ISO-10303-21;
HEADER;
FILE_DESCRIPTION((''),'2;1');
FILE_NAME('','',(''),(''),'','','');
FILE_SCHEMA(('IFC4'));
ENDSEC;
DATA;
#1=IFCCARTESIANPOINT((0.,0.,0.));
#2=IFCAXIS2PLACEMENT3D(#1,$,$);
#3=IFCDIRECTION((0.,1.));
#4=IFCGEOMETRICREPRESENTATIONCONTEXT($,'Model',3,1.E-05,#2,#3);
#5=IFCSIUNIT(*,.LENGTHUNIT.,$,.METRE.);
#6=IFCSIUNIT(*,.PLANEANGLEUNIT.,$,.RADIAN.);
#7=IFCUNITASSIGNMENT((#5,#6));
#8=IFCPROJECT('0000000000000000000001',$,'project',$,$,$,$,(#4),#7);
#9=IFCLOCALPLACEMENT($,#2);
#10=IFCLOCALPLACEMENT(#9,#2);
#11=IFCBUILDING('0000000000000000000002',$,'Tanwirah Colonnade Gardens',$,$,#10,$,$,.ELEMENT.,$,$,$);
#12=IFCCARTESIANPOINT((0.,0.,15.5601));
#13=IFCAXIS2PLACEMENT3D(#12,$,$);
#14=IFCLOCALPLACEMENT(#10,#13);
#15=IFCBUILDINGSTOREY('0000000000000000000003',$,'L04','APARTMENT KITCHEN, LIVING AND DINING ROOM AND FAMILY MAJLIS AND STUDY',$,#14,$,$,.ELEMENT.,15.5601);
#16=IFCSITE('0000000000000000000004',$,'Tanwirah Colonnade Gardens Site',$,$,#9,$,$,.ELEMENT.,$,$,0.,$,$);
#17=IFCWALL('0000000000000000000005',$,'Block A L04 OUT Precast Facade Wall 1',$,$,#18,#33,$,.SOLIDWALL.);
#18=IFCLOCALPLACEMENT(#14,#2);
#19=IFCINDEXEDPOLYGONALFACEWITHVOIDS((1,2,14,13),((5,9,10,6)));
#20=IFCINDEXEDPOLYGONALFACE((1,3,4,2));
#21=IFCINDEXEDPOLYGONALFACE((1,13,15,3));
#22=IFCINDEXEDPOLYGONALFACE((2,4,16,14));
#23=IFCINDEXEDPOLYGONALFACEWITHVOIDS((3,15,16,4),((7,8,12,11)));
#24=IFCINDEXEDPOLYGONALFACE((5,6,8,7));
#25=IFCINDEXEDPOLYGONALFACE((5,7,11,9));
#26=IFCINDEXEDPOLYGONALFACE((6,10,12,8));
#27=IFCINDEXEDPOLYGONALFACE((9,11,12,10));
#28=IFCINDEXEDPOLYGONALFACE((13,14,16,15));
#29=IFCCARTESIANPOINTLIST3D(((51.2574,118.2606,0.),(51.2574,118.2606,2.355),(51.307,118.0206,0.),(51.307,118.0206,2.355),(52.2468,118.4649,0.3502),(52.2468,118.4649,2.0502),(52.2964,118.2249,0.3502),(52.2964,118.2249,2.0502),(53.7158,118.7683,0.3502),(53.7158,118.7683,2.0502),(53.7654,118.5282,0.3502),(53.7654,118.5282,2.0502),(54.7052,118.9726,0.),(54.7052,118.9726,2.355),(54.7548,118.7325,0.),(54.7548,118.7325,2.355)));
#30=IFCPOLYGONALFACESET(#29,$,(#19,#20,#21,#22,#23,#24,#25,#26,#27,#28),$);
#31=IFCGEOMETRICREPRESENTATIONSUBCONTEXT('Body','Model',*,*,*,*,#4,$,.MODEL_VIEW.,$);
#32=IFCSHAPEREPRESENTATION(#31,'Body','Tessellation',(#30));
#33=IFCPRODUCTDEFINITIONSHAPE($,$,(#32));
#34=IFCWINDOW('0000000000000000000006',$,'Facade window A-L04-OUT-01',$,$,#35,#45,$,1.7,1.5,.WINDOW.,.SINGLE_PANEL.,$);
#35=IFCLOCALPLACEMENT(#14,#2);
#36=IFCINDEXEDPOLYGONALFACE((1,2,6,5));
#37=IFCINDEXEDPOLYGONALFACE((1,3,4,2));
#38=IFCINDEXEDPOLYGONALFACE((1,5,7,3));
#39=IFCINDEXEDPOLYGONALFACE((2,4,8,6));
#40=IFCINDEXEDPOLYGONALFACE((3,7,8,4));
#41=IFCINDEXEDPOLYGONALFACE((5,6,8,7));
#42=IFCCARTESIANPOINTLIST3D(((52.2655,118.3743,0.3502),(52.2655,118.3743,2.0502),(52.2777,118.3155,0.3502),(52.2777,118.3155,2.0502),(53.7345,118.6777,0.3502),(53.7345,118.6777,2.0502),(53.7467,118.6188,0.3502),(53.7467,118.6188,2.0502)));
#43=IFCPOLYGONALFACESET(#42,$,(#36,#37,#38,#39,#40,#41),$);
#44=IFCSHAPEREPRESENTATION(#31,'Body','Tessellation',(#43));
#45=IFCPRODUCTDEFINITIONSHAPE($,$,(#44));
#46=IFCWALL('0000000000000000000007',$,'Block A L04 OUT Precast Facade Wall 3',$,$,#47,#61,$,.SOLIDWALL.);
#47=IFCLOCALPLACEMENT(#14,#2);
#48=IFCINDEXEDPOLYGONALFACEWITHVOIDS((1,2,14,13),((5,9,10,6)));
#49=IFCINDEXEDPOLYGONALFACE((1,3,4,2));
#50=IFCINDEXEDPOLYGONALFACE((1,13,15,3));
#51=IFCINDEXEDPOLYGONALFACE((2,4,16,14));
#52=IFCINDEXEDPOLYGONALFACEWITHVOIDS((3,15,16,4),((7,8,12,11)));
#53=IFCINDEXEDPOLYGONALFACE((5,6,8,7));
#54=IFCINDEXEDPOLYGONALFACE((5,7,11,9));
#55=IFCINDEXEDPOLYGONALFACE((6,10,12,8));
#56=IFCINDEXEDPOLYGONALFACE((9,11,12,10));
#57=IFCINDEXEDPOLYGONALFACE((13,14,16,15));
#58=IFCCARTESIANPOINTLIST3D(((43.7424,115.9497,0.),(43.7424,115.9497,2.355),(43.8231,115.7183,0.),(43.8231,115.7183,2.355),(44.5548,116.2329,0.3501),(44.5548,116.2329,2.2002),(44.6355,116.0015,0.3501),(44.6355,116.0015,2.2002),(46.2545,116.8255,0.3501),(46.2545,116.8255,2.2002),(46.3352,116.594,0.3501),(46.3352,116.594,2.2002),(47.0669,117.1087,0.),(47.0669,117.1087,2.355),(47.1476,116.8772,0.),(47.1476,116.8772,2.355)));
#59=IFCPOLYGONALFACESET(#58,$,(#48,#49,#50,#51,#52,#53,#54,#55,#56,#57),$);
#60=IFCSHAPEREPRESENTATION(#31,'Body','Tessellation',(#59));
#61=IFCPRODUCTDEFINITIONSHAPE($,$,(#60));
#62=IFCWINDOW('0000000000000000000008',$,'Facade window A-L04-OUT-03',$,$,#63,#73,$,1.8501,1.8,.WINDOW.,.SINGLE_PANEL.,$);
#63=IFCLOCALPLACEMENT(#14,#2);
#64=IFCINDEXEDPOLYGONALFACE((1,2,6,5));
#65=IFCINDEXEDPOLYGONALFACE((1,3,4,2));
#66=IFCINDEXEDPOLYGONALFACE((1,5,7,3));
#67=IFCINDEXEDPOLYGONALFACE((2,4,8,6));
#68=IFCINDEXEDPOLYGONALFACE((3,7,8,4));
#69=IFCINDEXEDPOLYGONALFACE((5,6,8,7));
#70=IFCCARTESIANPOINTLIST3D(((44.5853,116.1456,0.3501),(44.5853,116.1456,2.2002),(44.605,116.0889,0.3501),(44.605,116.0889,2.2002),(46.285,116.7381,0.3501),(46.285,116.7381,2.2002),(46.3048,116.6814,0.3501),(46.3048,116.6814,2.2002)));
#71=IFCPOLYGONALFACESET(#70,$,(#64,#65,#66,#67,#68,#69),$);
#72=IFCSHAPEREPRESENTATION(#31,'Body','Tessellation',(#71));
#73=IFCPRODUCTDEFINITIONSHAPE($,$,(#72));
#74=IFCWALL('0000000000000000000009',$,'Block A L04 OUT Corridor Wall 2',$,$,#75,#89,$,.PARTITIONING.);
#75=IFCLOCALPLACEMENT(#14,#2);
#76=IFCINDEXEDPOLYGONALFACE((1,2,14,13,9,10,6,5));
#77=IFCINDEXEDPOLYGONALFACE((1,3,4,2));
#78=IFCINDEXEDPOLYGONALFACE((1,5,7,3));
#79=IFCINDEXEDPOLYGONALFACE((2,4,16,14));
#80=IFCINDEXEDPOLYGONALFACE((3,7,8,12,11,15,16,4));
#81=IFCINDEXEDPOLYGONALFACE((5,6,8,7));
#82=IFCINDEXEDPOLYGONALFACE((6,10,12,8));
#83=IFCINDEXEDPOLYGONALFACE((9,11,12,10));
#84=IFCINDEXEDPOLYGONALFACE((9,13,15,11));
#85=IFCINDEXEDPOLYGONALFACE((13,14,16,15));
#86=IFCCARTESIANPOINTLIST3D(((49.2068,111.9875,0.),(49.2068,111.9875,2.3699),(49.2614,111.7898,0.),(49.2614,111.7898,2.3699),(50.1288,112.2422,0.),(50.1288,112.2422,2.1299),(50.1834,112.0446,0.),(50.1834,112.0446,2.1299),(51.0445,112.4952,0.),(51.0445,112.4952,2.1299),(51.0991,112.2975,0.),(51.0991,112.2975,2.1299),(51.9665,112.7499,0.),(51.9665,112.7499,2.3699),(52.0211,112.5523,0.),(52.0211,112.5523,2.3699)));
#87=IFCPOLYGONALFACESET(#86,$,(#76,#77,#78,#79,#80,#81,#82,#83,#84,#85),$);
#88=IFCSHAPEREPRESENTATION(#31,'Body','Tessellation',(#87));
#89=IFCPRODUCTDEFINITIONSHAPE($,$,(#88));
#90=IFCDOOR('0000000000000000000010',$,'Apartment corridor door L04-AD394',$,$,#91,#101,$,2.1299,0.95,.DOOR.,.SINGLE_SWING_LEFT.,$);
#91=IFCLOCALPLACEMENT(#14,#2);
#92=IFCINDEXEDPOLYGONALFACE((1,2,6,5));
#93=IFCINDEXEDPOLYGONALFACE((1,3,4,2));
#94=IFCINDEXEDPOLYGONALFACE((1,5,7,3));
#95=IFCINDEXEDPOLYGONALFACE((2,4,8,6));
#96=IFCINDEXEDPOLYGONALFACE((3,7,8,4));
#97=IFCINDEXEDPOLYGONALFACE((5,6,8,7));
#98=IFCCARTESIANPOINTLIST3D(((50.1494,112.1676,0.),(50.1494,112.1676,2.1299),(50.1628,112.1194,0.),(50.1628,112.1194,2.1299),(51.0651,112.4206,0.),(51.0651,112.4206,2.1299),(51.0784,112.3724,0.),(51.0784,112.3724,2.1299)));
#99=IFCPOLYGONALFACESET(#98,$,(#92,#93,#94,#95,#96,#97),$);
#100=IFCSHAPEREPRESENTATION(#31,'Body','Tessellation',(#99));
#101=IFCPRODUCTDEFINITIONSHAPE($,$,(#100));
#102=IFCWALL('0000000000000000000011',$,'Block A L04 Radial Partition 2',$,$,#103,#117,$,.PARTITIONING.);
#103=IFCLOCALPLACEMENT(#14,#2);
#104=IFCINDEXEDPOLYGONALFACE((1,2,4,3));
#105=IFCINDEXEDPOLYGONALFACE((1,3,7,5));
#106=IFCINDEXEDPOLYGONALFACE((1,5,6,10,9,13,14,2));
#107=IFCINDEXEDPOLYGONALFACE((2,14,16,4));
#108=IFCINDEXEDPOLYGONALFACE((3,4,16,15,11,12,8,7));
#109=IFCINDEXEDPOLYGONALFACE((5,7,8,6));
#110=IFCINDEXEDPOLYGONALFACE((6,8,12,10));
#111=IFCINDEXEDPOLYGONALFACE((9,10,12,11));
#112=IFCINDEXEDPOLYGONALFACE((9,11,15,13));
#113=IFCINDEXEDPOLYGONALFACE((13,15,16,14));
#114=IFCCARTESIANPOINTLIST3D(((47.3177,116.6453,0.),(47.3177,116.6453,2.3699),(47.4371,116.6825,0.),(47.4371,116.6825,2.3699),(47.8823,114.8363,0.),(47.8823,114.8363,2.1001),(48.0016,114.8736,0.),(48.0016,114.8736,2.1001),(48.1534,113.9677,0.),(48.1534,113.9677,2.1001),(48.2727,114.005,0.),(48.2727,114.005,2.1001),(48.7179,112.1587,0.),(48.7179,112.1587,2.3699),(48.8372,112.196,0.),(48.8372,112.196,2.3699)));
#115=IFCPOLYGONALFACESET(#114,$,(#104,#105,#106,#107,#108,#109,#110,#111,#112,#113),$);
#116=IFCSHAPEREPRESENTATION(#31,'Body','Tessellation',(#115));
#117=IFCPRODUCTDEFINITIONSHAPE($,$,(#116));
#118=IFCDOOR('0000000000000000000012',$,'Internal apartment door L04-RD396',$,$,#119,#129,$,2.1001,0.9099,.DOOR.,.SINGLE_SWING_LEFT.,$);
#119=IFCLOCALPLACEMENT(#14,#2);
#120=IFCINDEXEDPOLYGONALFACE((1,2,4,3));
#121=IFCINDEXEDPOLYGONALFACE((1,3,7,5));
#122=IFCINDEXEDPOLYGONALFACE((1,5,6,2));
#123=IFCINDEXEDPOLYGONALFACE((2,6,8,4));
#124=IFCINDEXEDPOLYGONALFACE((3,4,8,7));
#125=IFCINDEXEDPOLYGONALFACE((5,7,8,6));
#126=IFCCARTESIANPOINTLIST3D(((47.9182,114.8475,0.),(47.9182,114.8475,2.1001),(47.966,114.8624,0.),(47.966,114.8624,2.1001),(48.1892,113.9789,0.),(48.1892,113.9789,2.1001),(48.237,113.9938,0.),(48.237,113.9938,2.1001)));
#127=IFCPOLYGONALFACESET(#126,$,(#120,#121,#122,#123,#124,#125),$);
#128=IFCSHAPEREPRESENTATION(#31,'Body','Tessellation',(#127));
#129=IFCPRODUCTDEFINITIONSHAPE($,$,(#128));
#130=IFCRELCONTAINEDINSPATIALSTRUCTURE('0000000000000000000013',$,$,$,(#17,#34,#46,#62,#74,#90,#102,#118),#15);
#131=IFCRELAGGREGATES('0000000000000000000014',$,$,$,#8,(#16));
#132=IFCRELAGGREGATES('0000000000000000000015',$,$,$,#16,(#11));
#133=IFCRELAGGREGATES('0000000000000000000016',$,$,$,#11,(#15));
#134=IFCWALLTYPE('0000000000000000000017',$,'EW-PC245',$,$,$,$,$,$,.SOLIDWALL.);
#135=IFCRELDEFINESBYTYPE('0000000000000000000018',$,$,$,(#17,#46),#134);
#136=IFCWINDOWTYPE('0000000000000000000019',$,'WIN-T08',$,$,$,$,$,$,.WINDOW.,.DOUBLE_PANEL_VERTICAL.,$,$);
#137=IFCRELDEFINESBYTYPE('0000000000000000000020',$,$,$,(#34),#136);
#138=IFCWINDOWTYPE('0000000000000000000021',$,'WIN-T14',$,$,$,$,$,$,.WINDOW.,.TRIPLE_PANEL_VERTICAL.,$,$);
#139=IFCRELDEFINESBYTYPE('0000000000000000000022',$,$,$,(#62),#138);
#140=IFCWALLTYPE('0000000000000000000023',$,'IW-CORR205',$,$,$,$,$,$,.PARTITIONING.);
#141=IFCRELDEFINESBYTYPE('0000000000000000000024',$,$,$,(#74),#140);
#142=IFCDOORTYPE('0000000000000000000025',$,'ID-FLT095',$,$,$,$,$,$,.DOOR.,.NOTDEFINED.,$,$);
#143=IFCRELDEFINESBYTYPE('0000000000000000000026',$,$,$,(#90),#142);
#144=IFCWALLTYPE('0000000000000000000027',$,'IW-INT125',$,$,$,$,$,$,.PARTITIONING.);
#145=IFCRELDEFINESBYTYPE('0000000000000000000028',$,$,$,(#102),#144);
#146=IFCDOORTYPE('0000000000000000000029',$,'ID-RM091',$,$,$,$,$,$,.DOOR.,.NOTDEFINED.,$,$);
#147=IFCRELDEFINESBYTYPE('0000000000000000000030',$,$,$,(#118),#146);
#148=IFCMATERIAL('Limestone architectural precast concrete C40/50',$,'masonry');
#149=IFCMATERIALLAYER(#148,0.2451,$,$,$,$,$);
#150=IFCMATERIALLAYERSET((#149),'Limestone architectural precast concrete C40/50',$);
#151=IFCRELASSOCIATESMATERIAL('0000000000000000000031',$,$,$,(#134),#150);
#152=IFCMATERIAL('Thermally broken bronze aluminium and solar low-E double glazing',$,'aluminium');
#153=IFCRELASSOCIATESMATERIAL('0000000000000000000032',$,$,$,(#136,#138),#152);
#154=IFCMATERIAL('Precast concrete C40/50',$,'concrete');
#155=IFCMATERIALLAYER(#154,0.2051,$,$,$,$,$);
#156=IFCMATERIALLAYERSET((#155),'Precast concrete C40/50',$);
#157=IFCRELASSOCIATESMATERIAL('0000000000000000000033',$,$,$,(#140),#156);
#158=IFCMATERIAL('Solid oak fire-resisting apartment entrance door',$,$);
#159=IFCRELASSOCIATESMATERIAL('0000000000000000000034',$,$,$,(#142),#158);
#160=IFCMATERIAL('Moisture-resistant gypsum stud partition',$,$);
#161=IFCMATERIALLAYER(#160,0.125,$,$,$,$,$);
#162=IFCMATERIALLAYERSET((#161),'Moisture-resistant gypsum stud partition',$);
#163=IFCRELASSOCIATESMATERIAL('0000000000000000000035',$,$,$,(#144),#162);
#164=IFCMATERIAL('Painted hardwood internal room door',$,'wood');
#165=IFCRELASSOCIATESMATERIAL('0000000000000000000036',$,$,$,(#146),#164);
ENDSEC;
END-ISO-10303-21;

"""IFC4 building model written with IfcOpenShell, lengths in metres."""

from ifc_helpers import new_model, si_unit, direction, frame, frame_2d, origin, place, context, subcontext, project, spatial, rectangle, extrude, material, layer, layer_set, type_object, element, fill, save


model = new_model("IFC4")

# Units and contexts
model_context = context("Model", 3, precision=1e-05, world=origin(), true_north=direction((0.0, 1.0)))
body_context = subcontext(model_context, "Body", "Model", "MODEL_VIEW")
ifc_project = project(units=[si_unit("LENGTHUNIT", "METRE"), si_unit("PLANEANGLEUNIT", "RADIAN")], contexts=[model_context])

# Site, building, storey
site_placement = place(None, origin())
site = spatial("IfcSite", under=ifc_project, at=site_placement, Name="Tanwirah Colonnade Gardens Site", CompositionType="ELEMENT", RefElevation=0.0)
building_placement = place(site_placement, origin())
building = spatial("IfcBuilding", under=site, at=building_placement, Name="Tanwirah Colonnade Gardens", CompositionType="ELEMENT")
storey_placement = place(building_placement, frame((0.0, 0.0, 15.5601)))
storey = spatial("IfcBuildingStorey", under=building, at=storey_placement, Name="L04", Description="APARTMENT KITCHEN, LIVING AND DINING ROOM AND FAMILY MAJLIS AND STUDY", CompositionType="ELEMENT", Elevation=15.5601)

# Shared definitions
ifc_material_1 = material(Name="Precast concrete C40/50", Category="concrete")

# Wall, opening, window
ifc_material_2 = material(Name="Limestone architectural precast concrete C40/50", Category="masonry")
ifc_layer_1 = layer(ifc_material_2, 0.2451)
ifc_layer_set_1 = layer_set([ifc_layer_1], Name="Limestone architectural precast concrete C40/50")
wall_type_1 = type_object("IfcWallType", Name="EW-PC245", PredefinedType="SOLIDWALL", material=ifc_layer_set_1)
wall_1_placement = place(storey_placement, frame((54.73, 118.8525, 0.0), z_axis=(0.0, 0.0, 1.0), x_axis=(-0.97934, -0.20222, 0.0)))
wall_1 = element("IfcWall", 1, at=wall_1_placement, inside=storey, type_object=wall_type_1, Name="Block A L04 OUT Precast Facade Wall 1", PredefinedType="SOLIDWALL", context=body_context, shape_type="SweptSolid", body=[
    extrude(rectangle(XDim=3.5205, YDim=0.2451, at=frame_2d((1.7603, 0.0))), origin(), (0.0, 0.0, 1.0), 2.355),
])
opening_1_placement = place(wall_1_placement, frame((1.0103, 0.0, 0.3501)))
opening_1 = element("IfcOpeningElement", 2, at=opening_1_placement, cuts=wall_1, PredefinedType="OPENING", context=body_context, shape_type="SweptSolid", body=[
    extrude(rectangle(XDim=1.5, YDim=1.7, at=frame_2d((0.75, 0.8501))), frame((0.0, 0.1326, 0.0), z_axis=(0.0, -1.0, 0.0), x_axis=(1.0, 0.0, 0.0)), (0.0, 0.0, 1.0), 0.2651),
])
ifc_material_3 = material(Name="Thermally broken bronze aluminium and solar low-E double glazing", Category="aluminium")
window_type_1 = type_object("IfcWindowType", Name="WIN-T08", PartitioningType="DOUBLE_PANEL_VERTICAL", PredefinedType="WINDOW", material=ifc_material_3)
window_1_placement = place(opening_1_placement, origin())
window_1 = element("IfcWindow", 3, at=window_1_placement, inside=storey, type_object=window_type_1, Name="Facade window A-L04-OUT-01", OverallHeight=1.7, OverallWidth=1.5, PartitioningType="SINGLE_PANEL", PredefinedType="WINDOW", context=body_context, shape_type="SweptSolid", body=[
    extrude(rectangle(XDim=1.5, YDim=1.7, at=frame_2d((0.75, 0.8501))), frame((0.0, 0.03, 0.0), z_axis=(0.0, -1.0, 0.0), x_axis=(1.0, 0.0, 0.0)), (0.0, 0.0, 1.0), 0.0601),
])
fill(opening_1, window_1)

# Wall, opening, window
wall_2_placement = place(storey_placement, frame((47.1072, 116.9929, 0.0), z_axis=(0.0, 0.0, 1.0), x_axis=(-0.944267, -0.329179, 0.0)))
wall_2 = element("IfcWall", 4, at=wall_2_placement, inside=storey, type_object=wall_type_1, Name="Block A L04 OUT Precast Facade Wall 3", PredefinedType="SOLIDWALL", context=body_context, shape_type="SweptSolid", body=[
    extrude(rectangle(XDim=3.5208, YDim=0.2451, at=frame_2d((1.7603, 0.0))), origin(), (0.0, 0.0, 1.0), 2.355),
])
opening_2_placement = place(wall_2_placement, frame((0.8604, 0.0, 0.3501)))
opening_2 = element("IfcOpeningElement", 5, at=opening_2_placement, cuts=wall_2, PredefinedType="OPENING", context=body_context, shape_type="SweptSolid", body=[
    extrude(rectangle(XDim=1.8, YDim=1.8501, at=frame_2d((0.8999, 0.925))), frame((0.0, 0.1326, 0.0), z_axis=(0.0, -1.0, 0.0), x_axis=(1.0, 0.0, 0.0)), (0.0, 0.0, 1.0), 0.2651),
])
window_type_2 = type_object("IfcWindowType", Name="WIN-T14", PartitioningType="TRIPLE_PANEL_VERTICAL", PredefinedType="WINDOW", material=ifc_material_3)
window_2_placement = place(opening_2_placement, origin())
window_2 = element("IfcWindow", 6, at=window_2_placement, inside=storey, type_object=window_type_2, Name="Facade window A-L04-OUT-03", OverallHeight=1.8501, OverallWidth=1.8, PartitioningType="SINGLE_PANEL", PredefinedType="WINDOW", context=body_context, shape_type="SweptSolid", body=[
    extrude(rectangle(XDim=1.8, YDim=1.8501, at=frame_2d((0.8999, 0.925))), frame((0.0, 0.03, 0.0), z_axis=(0.0, -1.0, 0.0), x_axis=(1.0, 0.0, 0.0)), (0.0, 0.0, 1.0), 0.0601),
])
fill(opening_2, window_2)

# Walls, openings, doors
ifc_layer_2 = layer(ifc_material_1, 0.2051)
ifc_layer_set_2 = layer_set([ifc_layer_2], Name="Precast concrete C40/50")
wall_type_2 = type_object("IfcWallType", Name="IW-CORR205", PredefinedType="PARTITIONING", material=ifc_layer_set_2)
ifc_material_4 = material(Name="Solid oak fire-resisting apartment entrance door")
wall_3_placement = place(storey_placement, frame((51.9939, 112.6511, 0.0), z_axis=(0.0, 0.0, 1.0), x_axis=(-0.963891, -0.266298, 0.0)))
wall_3 = element("IfcWall", 7, at=wall_3_placement, inside=storey, type_object=wall_type_2, Name="Block A L04 OUT Corridor Wall 2", PredefinedType="PARTITIONING", context=body_context, shape_type="SweptSolid", body=[
    extrude(rectangle(XDim=2.863, YDim=0.2051, at=frame_2d((1.4316, 0.0))), origin(), (0.0, 0.0, 1.0), 2.3699),
])
opening_3_placement = place(wall_3_placement, frame((0.9565, 0.0, 0.0)))
opening_3 = element("IfcOpeningElement", 8, at=opening_3_placement, cuts=wall_3, PredefinedType="OPENING", context=body_context, shape_type="SweptSolid", body=[
    extrude(rectangle(XDim=0.95, YDim=2.1299, at=frame_2d((0.4751, 1.0649))), frame((0.0, 0.1125, 0.0), z_axis=(0.0, -1.0, 0.0), x_axis=(1.0, 0.0, 0.0)), (0.0, 0.0, 1.0), 0.2251),
])
door_type_1 = type_object("IfcDoorType", Name="ID-FLT095", OperationType="NOTDEFINED", PredefinedType="DOOR", material=ifc_material_4)
door_1_placement = place(opening_3_placement, origin())
door_1 = element("IfcDoor", 9, at=door_1_placement, inside=storey, type_object=door_type_1, Name="Apartment corridor door L04-AD394", OperationType="SINGLE_SWING_LEFT", OverallHeight=2.1299, OverallWidth=0.95, PredefinedType="DOOR", context=body_context, shape_type="SweptSolid", body=[
    extrude(rectangle(XDim=0.95, YDim=2.1299, at=frame_2d((0.4751, 1.0649))), frame((0.0, 0.0249, 0.0), z_axis=(0.0, -1.0, 0.0), x_axis=(1.0, 0.0, 0.0)), (0.0, 0.0, 1.0), 0.05),
])
fill(opening_3, door_1)
ifc_material_5 = material(Name="Moisture-resistant gypsum stud partition")
ifc_layer_3 = layer(ifc_material_5, 0.125)
ifc_layer_set_3 = layer_set([ifc_layer_3], Name="Moisture-resistant gypsum stud partition")
wall_type_3 = type_object("IfcWallType", Name="IW-INT125", PredefinedType="PARTITIONING", material=ifc_layer_set_3)
wall_4_placement = place(storey_placement, frame((48.7776, 112.1772, 0.0), z_axis=(0.0, 0.0, 1.0), x_axis=(-0.297905, 0.954595, 0.0)))
wall_4 = element("IfcWall", 10, at=wall_4_placement, inside=storey, type_object=wall_type_3, Name="Block A L04 Radial Partition 2", PredefinedType="PARTITIONING", context=body_context, shape_type="SweptSolid", body=[
    extrude(rectangle(XDim=4.7, YDim=0.125, at=frame_2d((2.3501, 0.0))), origin(), (0.0, 0.0, 1.0), 2.3699),
])
opening_4_placement = place(wall_4_placement, frame((1.895, 0.0, 0.0)))
opening_4 = element("IfcOpeningElement", 11, at=opening_4_placement, cuts=wall_4, PredefinedType="OPENING", context=body_context, shape_type="SweptSolid", body=[
    extrude(rectangle(XDim=0.9099, YDim=2.1001, at=frame_2d((0.4551, 1.05))), frame((0.0, 0.0725, 0.0), z_axis=(0.0, -1.0, 0.0), x_axis=(1.0, 0.0, 0.0)), (0.0, 0.0, 1.0), 0.145),
])
ifc_material_6 = material(Name="Painted hardwood internal room door", Category="wood")
door_type_2 = type_object("IfcDoorType", Name="ID-RM091", OperationType="NOTDEFINED", PredefinedType="DOOR", material=ifc_material_6)
door_2_placement = place(opening_4_placement, origin())
door_2 = element("IfcDoor", 12, at=door_2_placement, inside=storey, type_object=door_type_2, Name="Internal apartment door L04-RD396", OperationType="SINGLE_SWING_LEFT", OverallHeight=2.1001, OverallWidth=0.9099, PredefinedType="DOOR", context=body_context, shape_type="SweptSolid", body=[
    extrude(rectangle(XDim=0.9099, YDim=2.1001, at=frame_2d((0.4551, 1.05))), frame((0.0, 0.0249, 0.0), z_axis=(0.0, -1.0, 0.0), x_axis=(1.0, 0.0, 0.0)), (0.0, 0.0, 1.0), 0.05),
])
fill(opening_4, door_2)

save(model, "model.ifc")
